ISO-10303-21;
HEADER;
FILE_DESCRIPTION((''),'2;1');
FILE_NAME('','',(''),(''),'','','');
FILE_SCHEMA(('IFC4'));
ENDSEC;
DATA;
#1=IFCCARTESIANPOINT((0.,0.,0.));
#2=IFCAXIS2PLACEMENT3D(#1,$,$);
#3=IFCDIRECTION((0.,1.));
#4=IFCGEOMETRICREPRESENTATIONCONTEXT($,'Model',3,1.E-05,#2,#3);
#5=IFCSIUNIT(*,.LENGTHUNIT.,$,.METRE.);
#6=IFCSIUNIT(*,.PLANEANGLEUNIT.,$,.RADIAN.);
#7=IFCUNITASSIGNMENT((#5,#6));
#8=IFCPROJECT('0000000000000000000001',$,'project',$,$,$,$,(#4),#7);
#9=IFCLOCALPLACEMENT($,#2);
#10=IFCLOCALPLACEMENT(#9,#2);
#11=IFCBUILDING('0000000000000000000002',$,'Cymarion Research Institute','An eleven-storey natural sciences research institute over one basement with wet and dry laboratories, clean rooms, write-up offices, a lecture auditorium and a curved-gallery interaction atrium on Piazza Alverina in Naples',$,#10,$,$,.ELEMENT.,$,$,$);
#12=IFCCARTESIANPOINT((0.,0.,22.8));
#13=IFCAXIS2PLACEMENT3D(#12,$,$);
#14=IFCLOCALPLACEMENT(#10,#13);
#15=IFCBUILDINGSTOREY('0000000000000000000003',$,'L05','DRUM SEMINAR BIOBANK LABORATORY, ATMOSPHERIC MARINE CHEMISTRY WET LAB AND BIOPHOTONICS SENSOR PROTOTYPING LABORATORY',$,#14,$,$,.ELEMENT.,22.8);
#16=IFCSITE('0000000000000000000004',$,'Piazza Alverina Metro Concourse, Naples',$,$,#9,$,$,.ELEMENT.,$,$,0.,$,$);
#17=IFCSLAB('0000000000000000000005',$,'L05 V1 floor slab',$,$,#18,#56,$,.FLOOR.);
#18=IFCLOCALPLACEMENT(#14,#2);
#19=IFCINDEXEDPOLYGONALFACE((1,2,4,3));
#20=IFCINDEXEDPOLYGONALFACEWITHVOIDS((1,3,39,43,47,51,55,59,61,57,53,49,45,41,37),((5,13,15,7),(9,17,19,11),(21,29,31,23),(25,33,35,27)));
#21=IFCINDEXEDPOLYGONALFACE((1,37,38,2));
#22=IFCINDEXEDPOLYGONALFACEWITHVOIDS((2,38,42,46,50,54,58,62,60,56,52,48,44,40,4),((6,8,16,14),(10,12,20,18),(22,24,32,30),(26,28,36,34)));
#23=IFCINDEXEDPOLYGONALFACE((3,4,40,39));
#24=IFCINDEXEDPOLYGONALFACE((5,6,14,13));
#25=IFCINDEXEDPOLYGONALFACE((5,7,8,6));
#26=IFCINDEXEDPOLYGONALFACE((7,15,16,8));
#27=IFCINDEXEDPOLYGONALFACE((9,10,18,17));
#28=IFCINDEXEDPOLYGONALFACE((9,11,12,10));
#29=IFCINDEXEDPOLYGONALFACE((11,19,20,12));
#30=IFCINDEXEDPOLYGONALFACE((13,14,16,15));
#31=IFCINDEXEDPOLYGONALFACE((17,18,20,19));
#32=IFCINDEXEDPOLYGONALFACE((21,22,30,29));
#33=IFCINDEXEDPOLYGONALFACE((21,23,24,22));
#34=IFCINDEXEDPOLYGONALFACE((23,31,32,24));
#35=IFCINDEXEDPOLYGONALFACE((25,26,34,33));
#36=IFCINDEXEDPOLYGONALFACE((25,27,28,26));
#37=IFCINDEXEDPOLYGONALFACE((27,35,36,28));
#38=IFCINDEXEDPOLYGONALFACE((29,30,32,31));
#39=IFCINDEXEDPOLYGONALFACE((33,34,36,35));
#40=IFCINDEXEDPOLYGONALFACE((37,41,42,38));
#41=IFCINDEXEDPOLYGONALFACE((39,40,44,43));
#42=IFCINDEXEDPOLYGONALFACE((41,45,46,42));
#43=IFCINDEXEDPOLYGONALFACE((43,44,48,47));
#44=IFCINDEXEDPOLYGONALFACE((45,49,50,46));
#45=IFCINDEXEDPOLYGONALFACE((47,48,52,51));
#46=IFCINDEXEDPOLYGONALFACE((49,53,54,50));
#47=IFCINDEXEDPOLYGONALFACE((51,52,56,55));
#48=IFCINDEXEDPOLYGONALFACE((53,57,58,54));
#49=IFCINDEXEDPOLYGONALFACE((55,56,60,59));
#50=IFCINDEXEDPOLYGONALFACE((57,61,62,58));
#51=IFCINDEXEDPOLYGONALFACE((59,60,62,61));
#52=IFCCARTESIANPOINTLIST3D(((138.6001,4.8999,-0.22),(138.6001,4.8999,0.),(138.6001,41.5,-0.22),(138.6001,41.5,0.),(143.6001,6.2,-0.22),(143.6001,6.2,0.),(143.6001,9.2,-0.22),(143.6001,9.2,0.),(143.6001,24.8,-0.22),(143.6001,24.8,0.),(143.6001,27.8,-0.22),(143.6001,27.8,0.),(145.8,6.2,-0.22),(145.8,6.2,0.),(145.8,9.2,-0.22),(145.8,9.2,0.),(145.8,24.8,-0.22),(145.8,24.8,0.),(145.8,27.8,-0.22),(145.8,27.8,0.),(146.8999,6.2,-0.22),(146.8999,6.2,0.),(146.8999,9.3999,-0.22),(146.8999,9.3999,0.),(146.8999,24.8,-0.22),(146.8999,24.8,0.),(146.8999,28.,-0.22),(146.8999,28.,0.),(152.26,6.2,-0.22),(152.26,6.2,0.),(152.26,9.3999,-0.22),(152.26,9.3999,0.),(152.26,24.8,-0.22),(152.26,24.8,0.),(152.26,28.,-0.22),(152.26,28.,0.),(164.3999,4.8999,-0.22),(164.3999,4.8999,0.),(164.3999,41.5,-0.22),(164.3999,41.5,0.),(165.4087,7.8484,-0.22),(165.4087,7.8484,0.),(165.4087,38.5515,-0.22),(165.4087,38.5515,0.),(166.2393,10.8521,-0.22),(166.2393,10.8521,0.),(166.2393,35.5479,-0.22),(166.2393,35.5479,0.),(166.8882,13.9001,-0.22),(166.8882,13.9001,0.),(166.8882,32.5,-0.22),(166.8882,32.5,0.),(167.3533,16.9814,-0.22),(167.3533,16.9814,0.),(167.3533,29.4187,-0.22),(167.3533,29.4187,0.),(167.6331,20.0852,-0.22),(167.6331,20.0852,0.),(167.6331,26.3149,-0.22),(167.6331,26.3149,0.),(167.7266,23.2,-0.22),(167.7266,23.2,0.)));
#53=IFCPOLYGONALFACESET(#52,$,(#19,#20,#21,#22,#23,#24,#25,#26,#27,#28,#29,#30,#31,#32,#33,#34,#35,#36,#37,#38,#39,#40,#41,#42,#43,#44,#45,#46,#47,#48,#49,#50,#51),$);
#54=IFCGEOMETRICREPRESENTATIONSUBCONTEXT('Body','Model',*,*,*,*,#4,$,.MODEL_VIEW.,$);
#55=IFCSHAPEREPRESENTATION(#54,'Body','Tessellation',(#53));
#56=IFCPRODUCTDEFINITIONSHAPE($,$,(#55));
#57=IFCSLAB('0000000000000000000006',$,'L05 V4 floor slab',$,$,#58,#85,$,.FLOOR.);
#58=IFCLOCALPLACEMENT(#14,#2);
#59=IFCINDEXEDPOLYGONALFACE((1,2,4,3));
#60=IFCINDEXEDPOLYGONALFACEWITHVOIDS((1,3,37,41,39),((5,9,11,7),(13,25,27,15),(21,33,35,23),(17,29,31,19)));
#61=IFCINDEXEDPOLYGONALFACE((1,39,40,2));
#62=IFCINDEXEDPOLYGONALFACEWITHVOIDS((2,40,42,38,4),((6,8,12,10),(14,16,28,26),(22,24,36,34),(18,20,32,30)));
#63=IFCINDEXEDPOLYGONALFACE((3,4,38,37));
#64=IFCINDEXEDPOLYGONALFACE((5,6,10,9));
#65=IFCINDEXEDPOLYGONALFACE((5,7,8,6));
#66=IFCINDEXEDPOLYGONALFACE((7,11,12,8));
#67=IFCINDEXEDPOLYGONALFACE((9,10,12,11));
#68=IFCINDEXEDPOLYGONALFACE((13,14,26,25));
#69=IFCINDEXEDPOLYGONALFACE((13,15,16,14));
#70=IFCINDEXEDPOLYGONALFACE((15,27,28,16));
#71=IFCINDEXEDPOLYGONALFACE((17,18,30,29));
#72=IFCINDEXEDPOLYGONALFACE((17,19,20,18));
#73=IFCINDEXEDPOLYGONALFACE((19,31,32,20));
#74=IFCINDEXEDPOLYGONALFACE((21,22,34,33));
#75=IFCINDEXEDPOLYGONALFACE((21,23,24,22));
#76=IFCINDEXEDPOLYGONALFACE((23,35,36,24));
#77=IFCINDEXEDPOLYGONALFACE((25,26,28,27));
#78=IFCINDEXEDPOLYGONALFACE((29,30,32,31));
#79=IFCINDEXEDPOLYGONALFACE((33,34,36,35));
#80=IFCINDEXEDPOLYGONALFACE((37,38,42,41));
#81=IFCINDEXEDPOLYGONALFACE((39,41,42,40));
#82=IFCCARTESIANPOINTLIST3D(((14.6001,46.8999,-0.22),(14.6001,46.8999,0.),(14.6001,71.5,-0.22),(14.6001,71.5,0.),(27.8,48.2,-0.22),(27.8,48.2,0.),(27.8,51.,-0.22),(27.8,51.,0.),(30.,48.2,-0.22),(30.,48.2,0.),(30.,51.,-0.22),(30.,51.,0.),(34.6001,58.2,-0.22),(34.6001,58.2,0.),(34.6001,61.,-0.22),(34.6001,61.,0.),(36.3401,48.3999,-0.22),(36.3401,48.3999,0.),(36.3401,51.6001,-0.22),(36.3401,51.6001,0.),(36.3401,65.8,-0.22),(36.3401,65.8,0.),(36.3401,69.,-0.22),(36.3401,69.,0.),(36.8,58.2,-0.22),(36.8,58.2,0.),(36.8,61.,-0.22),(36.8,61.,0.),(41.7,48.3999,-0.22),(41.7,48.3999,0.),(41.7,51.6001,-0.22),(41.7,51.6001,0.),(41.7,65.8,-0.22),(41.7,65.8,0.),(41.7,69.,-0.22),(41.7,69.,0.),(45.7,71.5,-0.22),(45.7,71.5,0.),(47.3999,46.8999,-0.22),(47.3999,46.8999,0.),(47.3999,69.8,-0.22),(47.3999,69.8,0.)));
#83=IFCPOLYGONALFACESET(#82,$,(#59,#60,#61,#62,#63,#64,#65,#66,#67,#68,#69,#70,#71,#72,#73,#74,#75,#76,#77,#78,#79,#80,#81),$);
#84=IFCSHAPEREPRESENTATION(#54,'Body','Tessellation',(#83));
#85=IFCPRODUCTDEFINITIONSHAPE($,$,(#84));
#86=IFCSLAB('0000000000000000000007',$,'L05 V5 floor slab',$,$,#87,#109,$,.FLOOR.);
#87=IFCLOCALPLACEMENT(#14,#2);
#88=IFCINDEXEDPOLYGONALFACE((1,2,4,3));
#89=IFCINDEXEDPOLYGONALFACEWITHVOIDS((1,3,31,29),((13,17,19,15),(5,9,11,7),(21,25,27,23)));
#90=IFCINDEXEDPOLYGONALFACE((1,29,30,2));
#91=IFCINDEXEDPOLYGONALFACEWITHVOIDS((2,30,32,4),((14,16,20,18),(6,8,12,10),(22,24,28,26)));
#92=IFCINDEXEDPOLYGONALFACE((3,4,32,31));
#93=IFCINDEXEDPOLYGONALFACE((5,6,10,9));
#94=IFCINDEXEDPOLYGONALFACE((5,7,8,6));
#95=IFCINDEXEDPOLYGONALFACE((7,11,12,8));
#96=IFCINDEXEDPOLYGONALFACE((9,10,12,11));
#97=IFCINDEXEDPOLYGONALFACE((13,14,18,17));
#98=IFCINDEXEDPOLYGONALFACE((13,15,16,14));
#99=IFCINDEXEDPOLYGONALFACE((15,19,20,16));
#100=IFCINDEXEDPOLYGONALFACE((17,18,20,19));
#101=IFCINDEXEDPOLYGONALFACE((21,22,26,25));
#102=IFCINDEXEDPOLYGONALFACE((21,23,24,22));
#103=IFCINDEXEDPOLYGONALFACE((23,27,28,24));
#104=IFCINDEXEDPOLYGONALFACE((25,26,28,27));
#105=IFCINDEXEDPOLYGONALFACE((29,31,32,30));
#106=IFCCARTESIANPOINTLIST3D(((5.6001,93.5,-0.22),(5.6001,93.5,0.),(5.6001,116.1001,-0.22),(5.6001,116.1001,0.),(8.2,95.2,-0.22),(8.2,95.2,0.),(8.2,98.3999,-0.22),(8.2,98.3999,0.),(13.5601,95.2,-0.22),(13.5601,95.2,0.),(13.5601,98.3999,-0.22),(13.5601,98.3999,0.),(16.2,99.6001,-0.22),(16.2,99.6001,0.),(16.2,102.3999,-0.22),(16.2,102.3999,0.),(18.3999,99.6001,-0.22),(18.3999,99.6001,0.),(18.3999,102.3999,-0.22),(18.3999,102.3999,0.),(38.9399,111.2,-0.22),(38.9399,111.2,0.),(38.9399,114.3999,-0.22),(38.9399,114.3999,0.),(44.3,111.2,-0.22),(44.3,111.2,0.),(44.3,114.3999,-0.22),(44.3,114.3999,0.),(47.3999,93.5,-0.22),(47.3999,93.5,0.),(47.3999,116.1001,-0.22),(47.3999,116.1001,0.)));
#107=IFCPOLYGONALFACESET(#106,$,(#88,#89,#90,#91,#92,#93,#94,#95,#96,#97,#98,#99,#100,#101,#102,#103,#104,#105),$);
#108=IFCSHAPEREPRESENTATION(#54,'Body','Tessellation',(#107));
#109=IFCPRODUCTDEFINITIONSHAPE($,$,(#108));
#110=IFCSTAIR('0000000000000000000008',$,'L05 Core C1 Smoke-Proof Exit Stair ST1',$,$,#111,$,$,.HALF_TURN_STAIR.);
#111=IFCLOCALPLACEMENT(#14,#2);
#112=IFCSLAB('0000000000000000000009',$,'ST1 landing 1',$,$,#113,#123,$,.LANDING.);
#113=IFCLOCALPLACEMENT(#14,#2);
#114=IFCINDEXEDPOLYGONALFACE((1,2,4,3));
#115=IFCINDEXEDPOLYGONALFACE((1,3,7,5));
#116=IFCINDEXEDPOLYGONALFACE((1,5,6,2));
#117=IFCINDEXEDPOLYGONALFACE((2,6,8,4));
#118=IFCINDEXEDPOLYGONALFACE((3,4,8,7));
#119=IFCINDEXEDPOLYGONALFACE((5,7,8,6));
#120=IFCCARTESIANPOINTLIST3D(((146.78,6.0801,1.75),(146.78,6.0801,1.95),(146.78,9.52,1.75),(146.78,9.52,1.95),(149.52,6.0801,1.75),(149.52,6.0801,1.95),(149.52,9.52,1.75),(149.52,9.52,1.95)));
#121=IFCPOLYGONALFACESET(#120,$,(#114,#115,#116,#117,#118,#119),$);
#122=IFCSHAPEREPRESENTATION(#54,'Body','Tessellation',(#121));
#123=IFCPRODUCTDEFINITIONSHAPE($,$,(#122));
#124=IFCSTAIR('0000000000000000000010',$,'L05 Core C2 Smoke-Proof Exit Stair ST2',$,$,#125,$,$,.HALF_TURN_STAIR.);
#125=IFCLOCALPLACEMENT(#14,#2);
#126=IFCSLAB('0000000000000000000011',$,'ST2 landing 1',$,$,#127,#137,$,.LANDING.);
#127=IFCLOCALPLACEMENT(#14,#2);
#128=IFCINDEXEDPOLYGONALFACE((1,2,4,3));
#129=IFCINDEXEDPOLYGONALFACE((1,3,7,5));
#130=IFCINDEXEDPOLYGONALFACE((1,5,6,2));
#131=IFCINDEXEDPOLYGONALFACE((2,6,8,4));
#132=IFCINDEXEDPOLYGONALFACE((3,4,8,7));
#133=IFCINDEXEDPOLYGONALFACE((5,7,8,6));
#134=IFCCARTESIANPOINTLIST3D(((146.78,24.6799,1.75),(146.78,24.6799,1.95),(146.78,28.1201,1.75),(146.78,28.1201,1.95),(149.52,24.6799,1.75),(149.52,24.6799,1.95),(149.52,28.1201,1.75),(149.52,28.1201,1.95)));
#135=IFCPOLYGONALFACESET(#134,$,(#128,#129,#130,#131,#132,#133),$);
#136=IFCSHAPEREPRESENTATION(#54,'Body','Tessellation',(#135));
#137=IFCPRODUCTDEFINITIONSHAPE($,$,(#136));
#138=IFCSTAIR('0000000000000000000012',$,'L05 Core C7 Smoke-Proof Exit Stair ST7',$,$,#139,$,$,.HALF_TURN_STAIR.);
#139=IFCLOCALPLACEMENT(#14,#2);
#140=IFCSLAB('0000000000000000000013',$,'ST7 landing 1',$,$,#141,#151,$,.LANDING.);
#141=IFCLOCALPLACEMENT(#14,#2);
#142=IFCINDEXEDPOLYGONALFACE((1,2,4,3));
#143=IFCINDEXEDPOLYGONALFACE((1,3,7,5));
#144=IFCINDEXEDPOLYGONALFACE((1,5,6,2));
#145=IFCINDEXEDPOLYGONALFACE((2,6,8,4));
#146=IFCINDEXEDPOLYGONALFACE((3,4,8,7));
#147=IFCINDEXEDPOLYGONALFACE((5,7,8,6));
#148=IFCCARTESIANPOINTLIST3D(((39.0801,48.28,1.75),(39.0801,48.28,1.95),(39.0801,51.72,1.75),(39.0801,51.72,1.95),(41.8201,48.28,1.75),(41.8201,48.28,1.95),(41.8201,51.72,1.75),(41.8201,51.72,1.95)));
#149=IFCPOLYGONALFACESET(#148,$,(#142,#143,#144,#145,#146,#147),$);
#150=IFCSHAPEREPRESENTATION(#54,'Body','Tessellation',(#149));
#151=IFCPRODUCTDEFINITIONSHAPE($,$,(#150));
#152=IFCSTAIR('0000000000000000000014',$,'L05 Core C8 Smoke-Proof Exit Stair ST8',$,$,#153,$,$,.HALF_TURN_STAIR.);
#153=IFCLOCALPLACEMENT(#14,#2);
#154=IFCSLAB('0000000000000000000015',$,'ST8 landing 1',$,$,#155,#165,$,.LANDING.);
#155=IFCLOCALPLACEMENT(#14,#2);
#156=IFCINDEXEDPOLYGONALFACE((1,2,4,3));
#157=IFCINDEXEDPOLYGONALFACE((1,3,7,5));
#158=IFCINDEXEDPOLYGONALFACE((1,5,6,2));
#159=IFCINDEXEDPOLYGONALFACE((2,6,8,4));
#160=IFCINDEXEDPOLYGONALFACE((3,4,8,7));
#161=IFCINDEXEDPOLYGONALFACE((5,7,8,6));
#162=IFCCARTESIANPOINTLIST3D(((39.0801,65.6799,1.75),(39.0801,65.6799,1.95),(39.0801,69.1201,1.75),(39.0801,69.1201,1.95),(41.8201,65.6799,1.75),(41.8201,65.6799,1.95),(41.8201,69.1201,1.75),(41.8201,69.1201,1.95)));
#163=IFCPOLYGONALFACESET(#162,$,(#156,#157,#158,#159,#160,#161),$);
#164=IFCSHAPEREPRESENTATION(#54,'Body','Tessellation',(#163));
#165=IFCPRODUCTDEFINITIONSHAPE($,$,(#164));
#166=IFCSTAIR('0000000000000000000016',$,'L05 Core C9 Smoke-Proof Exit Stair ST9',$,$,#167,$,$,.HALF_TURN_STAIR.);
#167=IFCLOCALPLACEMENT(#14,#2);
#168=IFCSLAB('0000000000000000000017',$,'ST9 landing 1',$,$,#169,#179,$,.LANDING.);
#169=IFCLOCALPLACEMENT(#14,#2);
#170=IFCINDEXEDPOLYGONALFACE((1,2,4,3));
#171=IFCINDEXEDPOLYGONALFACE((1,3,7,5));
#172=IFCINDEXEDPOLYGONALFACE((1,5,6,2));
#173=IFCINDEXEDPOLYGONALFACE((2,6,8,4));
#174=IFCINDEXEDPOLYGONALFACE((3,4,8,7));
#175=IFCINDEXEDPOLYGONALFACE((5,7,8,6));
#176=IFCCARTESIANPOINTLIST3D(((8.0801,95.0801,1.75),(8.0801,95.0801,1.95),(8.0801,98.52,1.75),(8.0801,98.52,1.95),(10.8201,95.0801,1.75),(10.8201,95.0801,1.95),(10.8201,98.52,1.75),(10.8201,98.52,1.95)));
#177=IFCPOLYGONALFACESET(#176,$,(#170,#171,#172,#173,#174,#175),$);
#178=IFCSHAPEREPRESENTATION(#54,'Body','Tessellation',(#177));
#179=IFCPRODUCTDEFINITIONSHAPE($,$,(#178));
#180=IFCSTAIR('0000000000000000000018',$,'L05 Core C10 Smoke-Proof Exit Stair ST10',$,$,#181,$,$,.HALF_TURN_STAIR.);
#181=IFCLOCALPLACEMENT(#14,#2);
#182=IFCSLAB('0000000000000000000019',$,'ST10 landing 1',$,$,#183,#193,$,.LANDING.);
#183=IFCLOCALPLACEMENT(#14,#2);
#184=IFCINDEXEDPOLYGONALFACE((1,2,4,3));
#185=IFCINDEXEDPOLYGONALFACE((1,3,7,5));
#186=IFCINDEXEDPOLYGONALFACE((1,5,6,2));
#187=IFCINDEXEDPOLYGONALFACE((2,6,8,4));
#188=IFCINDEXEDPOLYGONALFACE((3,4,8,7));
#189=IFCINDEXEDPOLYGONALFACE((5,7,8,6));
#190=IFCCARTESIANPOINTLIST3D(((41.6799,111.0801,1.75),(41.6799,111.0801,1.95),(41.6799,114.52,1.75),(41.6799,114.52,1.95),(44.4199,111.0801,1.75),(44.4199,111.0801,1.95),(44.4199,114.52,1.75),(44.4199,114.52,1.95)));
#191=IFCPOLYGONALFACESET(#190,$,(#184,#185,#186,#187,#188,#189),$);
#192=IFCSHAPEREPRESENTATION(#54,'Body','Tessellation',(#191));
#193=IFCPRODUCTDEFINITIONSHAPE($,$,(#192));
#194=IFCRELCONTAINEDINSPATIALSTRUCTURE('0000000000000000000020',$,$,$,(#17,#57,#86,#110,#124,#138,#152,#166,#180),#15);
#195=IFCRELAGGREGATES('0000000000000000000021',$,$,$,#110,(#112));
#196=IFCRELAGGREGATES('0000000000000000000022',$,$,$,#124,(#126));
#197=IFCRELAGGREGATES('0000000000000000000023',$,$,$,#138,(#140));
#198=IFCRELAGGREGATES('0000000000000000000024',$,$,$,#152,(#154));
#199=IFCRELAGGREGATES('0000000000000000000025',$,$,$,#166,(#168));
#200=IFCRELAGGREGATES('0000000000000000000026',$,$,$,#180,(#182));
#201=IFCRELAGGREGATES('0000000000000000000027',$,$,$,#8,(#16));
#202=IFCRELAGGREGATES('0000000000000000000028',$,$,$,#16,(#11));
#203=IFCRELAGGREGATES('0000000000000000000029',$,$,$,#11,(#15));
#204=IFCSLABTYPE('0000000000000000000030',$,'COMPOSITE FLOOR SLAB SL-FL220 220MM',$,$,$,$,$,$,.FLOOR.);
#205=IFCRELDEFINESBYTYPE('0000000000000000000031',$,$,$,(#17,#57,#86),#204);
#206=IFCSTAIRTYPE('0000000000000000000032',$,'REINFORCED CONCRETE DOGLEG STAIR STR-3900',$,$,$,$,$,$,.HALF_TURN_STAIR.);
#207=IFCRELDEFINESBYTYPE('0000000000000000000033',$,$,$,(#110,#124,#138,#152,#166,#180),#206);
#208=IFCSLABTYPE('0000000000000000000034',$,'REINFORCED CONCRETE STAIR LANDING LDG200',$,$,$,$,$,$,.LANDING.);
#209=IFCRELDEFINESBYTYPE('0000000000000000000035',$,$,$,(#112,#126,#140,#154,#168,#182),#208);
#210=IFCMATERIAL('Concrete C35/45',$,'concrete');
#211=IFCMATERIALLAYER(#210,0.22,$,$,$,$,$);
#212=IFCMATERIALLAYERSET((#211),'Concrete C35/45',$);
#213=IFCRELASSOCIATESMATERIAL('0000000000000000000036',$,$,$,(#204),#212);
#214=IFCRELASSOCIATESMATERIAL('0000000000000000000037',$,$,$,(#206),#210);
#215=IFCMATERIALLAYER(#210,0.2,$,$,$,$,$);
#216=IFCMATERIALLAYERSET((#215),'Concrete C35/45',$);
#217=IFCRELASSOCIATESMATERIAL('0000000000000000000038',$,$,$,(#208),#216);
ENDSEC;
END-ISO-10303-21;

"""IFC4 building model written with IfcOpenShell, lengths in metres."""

from ifc_helpers import new_model, si_unit, direction, frame, origin, place, context, subcontext, project, spatial, polyline, outline, extrude, material, layer, layer_set, type_object, element, aggregate, save


model = new_model("IFC4")

# Units and contexts
model_context = context("Model", 3, precision=1e-05, world=origin(), true_north=direction((0.0, 1.0)))
body_context = subcontext(model_context, "Body", "Model", "MODEL_VIEW")
ifc_project = project(units=[si_unit("LENGTHUNIT", "METRE"), si_unit("PLANEANGLEUNIT", "RADIAN")], contexts=[model_context])

# Site, building, storey
site_placement = place(None, origin())
site = spatial("IfcSite", under=ifc_project, at=site_placement, Name="Piazza Alverina Metro Concourse, Naples", CompositionType="ELEMENT", RefElevation=0.0)
building_placement = place(site_placement, origin())
building = spatial("IfcBuilding", under=site, at=building_placement, Name="Cymarion Research Institute", Description="An eleven-storey natural sciences research institute over one basement with wet and dry laboratories, clean rooms, write-up offices, a lecture auditorium and a curved-gallery interaction atrium on Piazza Alverina in Naples", CompositionType="ELEMENT")
storey_placement = place(building_placement, frame((0.0, 0.0, 22.8)))
storey = spatial("IfcBuildingStorey", under=building, at=storey_placement, Name="L05", Description="DRUM SEMINAR BIOBANK LABORATORY, ATMOSPHERIC MARINE CHEMISTRY WET LAB AND BIOPHOTONICS SENSOR PROTOTYPING LABORATORY", CompositionType="ELEMENT", Elevation=22.8)

# Slabs
ifc_material_1 = material(Name="Concrete C35/45", Category="concrete")
ifc_layer_1 = layer(ifc_material_1, 0.22)
ifc_layer_set_1 = layer_set([ifc_layer_1], Name="Concrete C35/45")
slab_type_1 = type_object("IfcSlabType", Name="COMPOSITE FLOOR SLAB SL-FL220 220MM", PredefinedType="FLOOR", material=ifc_layer_set_1)
slab_1_placement = place(storey_placement, frame((0.0, 0.0, -0.22)))
element("IfcSlab", 1, at=slab_1_placement, inside=storey, type_object=slab_type_1, Name="L05 V1 floor slab", PredefinedType="FLOOR", context=body_context, shape_type="SweptSolid", body=[
    extrude(outline(polyline([(138.6001, 4.8999), (164.3999, 4.8999), (165.4087, 7.8484), (166.2393, 10.8521), (166.8882, 13.9001), (167.3533, 16.9814), (167.6331, 20.0852), (167.7266, 23.2), (167.6331, 26.3149), (167.3533, 29.4187), (166.8882, 32.5), (166.2393, 35.5479), (165.4087, 38.5515), (164.3999, 41.5), (138.6001, 41.5), (138.6001, 4.8999)]), holes=[polyline([(152.26, 9.3999), (146.8999, 9.3999), (146.8999, 6.2), (152.26, 6.2), (152.26, 9.3999)]), polyline([(143.6001, 6.2), (145.8, 6.2), (145.8, 9.2), (143.6001, 9.2), (143.6001, 6.2)]), polyline([(152.26, 28.0), (146.8999, 28.0), (146.8999, 24.8), (152.26, 24.8), (152.26, 28.0)]), polyline([(143.6001, 24.8), (145.8, 24.8), (145.8, 27.8), (143.6001, 27.8), (143.6001, 24.8)])]), origin(), (0.0, 0.0, 1.0), 0.22),
])
slab_2_placement = place(storey_placement, frame((0.0, 0.0, -0.22)))
element("IfcSlab", 2, at=slab_2_placement, inside=storey, type_object=slab_type_1, Name="L05 V4 floor slab", PredefinedType="FLOOR", context=body_context, shape_type="SweptSolid", body=[
    extrude(outline(polyline([(14.6001, 46.8999), (47.3999, 46.8999), (47.3999, 69.8), (45.7, 71.5), (14.6001, 71.5), (14.6001, 46.8999)]), holes=[polyline([(36.3401, 48.3999), (41.7, 48.3999), (41.7, 51.6001), (36.3401, 51.6001), (36.3401, 48.3999)]), polyline([(27.8, 48.2), (30.0, 48.2), (30.0, 51.0), (27.8, 51.0), (27.8, 48.2)]), polyline([(36.3401, 65.8), (41.7, 65.8), (41.7, 69.0), (36.3401, 69.0), (36.3401, 65.8)]), polyline([(34.6001, 58.2), (36.8, 58.2), (36.8, 61.0), (34.6001, 61.0), (34.6001, 58.2)])]), origin(), (0.0, 0.0, 1.0), 0.22),
])
slab_3_placement = place(storey_placement, frame((0.0, 0.0, -0.22)))
element("IfcSlab", 3, at=slab_3_placement, inside=storey, type_object=slab_type_1, Name="L05 V5 floor slab", PredefinedType="FLOOR", context=body_context, shape_type="SweptSolid", body=[
    extrude(outline(polyline([(5.6001, 93.5), (47.3999, 93.5), (47.3999, 116.1001), (5.6001, 116.1001), (5.6001, 93.5)]), holes=[polyline([(13.5601, 98.3999), (8.2, 98.3999), (8.2, 95.2), (13.5601, 95.2), (13.5601, 98.3999)]), polyline([(16.2, 99.6001), (18.3999, 99.6001), (18.3999, 102.3999), (16.2, 102.3999), (16.2, 99.6001)]), polyline([(38.9399, 111.2), (44.3, 111.2), (44.3, 114.3999), (38.9399, 114.3999), (38.9399, 111.2)])]), origin(), (0.0, 0.0, 1.0), 0.22),
])

# Stairs, slabs
stair_type = type_object("IfcStairType", Name="REINFORCED CONCRETE DOGLEG STAIR STR-3900", PredefinedType="HALF_TURN_STAIR", material=ifc_material_1)
stair_1_placement = place(storey_placement, origin())
stair_1 = element("IfcStair", 4, at=stair_1_placement, inside=storey, type_object=stair_type, Name="L05 Core C1 Smoke-Proof Exit Stair ST1", PredefinedType="HALF_TURN_STAIR")
ifc_layer_2 = layer(ifc_material_1, 0.2)
ifc_layer_set_2 = layer_set([ifc_layer_2], Name="Concrete C35/45")
slab_type_2 = type_object("IfcSlabType", Name="REINFORCED CONCRETE STAIR LANDING LDG200", PredefinedType="LANDING", material=ifc_layer_set_2)
slab_4_placement = place(storey_placement, frame((0.0, 0.0, 1.75)))
slab_4 = element("IfcSlab", 5, at=slab_4_placement, type_object=slab_type_2, Name="ST1 landing 1", PredefinedType="LANDING", context=body_context, shape_type="SweptSolid", body=[
    extrude(outline(polyline([(149.52, 9.52), (149.52, 6.0801), (146.78, 6.0801), (146.78, 9.52), (149.52, 9.52)])), origin(), (0.0, 0.0, 1.0), 0.2),
])
aggregate(stair_1, [slab_4])
stair_2_placement = place(storey_placement, origin())
stair_2 = element("IfcStair", 6, at=stair_2_placement, inside=storey, type_object=stair_type, Name="L05 Core C2 Smoke-Proof Exit Stair ST2", PredefinedType="HALF_TURN_STAIR")
slab_5_placement = place(storey_placement, frame((0.0, 0.0, 1.75)))
slab_5 = element("IfcSlab", 7, at=slab_5_placement, type_object=slab_type_2, Name="ST2 landing 1", PredefinedType="LANDING", context=body_context, shape_type="SweptSolid", body=[
    extrude(outline(polyline([(149.52, 28.1201), (149.52, 24.6799), (146.78, 24.6799), (146.78, 28.1201), (149.52, 28.1201)])), origin(), (0.0, 0.0, 1.0), 0.2),
])
aggregate(stair_2, [slab_5])
stair_3_placement = place(storey_placement, origin())
stair_3 = element("IfcStair", 8, at=stair_3_placement, inside=storey, type_object=stair_type, Name="L05 Core C7 Smoke-Proof Exit Stair ST7", PredefinedType="HALF_TURN_STAIR")
slab_6_placement = place(storey_placement, frame((0.0, 0.0, 1.75)))
slab_6 = element("IfcSlab", 9, at=slab_6_placement, type_object=slab_type_2, Name="ST7 landing 1", PredefinedType="LANDING", context=body_context, shape_type="SweptSolid", body=[
    extrude(outline(polyline([(39.0801, 48.28), (39.0801, 51.72), (41.8201, 51.72), (41.8201, 48.28), (39.0801, 48.28)])), origin(), (0.0, 0.0, 1.0), 0.2),
])
aggregate(stair_3, [slab_6])
stair_4_placement = place(storey_placement, origin())
stair_4 = element("IfcStair", 10, at=stair_4_placement, inside=storey, type_object=stair_type, Name="L05 Core C8 Smoke-Proof Exit Stair ST8", PredefinedType="HALF_TURN_STAIR")
slab_7_placement = place(storey_placement, frame((0.0, 0.0, 1.75)))
slab_7 = element("IfcSlab", 11, at=slab_7_placement, type_object=slab_type_2, Name="ST8 landing 1", PredefinedType="LANDING", context=body_context, shape_type="SweptSolid", body=[
    extrude(outline(polyline([(39.0801, 65.6799), (39.0801, 69.1201), (41.8201, 69.1201), (41.8201, 65.6799), (39.0801, 65.6799)])), origin(), (0.0, 0.0, 1.0), 0.2),
])
aggregate(stair_4, [slab_7])
stair_5_placement = place(storey_placement, origin())
stair_5 = element("IfcStair", 12, at=stair_5_placement, inside=storey, type_object=stair_type, Name="L05 Core C9 Smoke-Proof Exit Stair ST9", PredefinedType="HALF_TURN_STAIR")
slab_8_placement = place(storey_placement, frame((0.0, 0.0, 1.75)))
slab_8 = element("IfcSlab", 13, at=slab_8_placement, type_object=slab_type_2, Name="ST9 landing 1", PredefinedType="LANDING", context=body_context, shape_type="SweptSolid", body=[
    extrude(outline(polyline([(10.8201, 98.52), (10.8201, 95.0801), (8.0801, 95.0801), (8.0801, 98.52), (10.8201, 98.52)])), origin(), (0.0, 0.0, 1.0), 0.2),
])
aggregate(stair_5, [slab_8])
stair_6_placement = place(storey_placement, origin())
stair_6 = element("IfcStair", 14, at=stair_6_placement, inside=storey, type_object=stair_type, Name="L05 Core C10 Smoke-Proof Exit Stair ST10", PredefinedType="HALF_TURN_STAIR")
slab_9_placement = place(storey_placement, frame((0.0, 0.0, 1.75)))
slab_9 = element("IfcSlab", 15, at=slab_9_placement, type_object=slab_type_2, Name="ST10 landing 1", PredefinedType="LANDING", context=body_context, shape_type="SweptSolid", body=[
    extrude(outline(polyline([(41.6799, 111.0801), (41.6799, 114.52), (44.4199, 114.52), (44.4199, 111.0801), (41.6799, 111.0801)])), origin(), (0.0, 0.0, 1.0), 0.2),
])
aggregate(stair_6, [slab_9])

save(model, "model.ifc")
